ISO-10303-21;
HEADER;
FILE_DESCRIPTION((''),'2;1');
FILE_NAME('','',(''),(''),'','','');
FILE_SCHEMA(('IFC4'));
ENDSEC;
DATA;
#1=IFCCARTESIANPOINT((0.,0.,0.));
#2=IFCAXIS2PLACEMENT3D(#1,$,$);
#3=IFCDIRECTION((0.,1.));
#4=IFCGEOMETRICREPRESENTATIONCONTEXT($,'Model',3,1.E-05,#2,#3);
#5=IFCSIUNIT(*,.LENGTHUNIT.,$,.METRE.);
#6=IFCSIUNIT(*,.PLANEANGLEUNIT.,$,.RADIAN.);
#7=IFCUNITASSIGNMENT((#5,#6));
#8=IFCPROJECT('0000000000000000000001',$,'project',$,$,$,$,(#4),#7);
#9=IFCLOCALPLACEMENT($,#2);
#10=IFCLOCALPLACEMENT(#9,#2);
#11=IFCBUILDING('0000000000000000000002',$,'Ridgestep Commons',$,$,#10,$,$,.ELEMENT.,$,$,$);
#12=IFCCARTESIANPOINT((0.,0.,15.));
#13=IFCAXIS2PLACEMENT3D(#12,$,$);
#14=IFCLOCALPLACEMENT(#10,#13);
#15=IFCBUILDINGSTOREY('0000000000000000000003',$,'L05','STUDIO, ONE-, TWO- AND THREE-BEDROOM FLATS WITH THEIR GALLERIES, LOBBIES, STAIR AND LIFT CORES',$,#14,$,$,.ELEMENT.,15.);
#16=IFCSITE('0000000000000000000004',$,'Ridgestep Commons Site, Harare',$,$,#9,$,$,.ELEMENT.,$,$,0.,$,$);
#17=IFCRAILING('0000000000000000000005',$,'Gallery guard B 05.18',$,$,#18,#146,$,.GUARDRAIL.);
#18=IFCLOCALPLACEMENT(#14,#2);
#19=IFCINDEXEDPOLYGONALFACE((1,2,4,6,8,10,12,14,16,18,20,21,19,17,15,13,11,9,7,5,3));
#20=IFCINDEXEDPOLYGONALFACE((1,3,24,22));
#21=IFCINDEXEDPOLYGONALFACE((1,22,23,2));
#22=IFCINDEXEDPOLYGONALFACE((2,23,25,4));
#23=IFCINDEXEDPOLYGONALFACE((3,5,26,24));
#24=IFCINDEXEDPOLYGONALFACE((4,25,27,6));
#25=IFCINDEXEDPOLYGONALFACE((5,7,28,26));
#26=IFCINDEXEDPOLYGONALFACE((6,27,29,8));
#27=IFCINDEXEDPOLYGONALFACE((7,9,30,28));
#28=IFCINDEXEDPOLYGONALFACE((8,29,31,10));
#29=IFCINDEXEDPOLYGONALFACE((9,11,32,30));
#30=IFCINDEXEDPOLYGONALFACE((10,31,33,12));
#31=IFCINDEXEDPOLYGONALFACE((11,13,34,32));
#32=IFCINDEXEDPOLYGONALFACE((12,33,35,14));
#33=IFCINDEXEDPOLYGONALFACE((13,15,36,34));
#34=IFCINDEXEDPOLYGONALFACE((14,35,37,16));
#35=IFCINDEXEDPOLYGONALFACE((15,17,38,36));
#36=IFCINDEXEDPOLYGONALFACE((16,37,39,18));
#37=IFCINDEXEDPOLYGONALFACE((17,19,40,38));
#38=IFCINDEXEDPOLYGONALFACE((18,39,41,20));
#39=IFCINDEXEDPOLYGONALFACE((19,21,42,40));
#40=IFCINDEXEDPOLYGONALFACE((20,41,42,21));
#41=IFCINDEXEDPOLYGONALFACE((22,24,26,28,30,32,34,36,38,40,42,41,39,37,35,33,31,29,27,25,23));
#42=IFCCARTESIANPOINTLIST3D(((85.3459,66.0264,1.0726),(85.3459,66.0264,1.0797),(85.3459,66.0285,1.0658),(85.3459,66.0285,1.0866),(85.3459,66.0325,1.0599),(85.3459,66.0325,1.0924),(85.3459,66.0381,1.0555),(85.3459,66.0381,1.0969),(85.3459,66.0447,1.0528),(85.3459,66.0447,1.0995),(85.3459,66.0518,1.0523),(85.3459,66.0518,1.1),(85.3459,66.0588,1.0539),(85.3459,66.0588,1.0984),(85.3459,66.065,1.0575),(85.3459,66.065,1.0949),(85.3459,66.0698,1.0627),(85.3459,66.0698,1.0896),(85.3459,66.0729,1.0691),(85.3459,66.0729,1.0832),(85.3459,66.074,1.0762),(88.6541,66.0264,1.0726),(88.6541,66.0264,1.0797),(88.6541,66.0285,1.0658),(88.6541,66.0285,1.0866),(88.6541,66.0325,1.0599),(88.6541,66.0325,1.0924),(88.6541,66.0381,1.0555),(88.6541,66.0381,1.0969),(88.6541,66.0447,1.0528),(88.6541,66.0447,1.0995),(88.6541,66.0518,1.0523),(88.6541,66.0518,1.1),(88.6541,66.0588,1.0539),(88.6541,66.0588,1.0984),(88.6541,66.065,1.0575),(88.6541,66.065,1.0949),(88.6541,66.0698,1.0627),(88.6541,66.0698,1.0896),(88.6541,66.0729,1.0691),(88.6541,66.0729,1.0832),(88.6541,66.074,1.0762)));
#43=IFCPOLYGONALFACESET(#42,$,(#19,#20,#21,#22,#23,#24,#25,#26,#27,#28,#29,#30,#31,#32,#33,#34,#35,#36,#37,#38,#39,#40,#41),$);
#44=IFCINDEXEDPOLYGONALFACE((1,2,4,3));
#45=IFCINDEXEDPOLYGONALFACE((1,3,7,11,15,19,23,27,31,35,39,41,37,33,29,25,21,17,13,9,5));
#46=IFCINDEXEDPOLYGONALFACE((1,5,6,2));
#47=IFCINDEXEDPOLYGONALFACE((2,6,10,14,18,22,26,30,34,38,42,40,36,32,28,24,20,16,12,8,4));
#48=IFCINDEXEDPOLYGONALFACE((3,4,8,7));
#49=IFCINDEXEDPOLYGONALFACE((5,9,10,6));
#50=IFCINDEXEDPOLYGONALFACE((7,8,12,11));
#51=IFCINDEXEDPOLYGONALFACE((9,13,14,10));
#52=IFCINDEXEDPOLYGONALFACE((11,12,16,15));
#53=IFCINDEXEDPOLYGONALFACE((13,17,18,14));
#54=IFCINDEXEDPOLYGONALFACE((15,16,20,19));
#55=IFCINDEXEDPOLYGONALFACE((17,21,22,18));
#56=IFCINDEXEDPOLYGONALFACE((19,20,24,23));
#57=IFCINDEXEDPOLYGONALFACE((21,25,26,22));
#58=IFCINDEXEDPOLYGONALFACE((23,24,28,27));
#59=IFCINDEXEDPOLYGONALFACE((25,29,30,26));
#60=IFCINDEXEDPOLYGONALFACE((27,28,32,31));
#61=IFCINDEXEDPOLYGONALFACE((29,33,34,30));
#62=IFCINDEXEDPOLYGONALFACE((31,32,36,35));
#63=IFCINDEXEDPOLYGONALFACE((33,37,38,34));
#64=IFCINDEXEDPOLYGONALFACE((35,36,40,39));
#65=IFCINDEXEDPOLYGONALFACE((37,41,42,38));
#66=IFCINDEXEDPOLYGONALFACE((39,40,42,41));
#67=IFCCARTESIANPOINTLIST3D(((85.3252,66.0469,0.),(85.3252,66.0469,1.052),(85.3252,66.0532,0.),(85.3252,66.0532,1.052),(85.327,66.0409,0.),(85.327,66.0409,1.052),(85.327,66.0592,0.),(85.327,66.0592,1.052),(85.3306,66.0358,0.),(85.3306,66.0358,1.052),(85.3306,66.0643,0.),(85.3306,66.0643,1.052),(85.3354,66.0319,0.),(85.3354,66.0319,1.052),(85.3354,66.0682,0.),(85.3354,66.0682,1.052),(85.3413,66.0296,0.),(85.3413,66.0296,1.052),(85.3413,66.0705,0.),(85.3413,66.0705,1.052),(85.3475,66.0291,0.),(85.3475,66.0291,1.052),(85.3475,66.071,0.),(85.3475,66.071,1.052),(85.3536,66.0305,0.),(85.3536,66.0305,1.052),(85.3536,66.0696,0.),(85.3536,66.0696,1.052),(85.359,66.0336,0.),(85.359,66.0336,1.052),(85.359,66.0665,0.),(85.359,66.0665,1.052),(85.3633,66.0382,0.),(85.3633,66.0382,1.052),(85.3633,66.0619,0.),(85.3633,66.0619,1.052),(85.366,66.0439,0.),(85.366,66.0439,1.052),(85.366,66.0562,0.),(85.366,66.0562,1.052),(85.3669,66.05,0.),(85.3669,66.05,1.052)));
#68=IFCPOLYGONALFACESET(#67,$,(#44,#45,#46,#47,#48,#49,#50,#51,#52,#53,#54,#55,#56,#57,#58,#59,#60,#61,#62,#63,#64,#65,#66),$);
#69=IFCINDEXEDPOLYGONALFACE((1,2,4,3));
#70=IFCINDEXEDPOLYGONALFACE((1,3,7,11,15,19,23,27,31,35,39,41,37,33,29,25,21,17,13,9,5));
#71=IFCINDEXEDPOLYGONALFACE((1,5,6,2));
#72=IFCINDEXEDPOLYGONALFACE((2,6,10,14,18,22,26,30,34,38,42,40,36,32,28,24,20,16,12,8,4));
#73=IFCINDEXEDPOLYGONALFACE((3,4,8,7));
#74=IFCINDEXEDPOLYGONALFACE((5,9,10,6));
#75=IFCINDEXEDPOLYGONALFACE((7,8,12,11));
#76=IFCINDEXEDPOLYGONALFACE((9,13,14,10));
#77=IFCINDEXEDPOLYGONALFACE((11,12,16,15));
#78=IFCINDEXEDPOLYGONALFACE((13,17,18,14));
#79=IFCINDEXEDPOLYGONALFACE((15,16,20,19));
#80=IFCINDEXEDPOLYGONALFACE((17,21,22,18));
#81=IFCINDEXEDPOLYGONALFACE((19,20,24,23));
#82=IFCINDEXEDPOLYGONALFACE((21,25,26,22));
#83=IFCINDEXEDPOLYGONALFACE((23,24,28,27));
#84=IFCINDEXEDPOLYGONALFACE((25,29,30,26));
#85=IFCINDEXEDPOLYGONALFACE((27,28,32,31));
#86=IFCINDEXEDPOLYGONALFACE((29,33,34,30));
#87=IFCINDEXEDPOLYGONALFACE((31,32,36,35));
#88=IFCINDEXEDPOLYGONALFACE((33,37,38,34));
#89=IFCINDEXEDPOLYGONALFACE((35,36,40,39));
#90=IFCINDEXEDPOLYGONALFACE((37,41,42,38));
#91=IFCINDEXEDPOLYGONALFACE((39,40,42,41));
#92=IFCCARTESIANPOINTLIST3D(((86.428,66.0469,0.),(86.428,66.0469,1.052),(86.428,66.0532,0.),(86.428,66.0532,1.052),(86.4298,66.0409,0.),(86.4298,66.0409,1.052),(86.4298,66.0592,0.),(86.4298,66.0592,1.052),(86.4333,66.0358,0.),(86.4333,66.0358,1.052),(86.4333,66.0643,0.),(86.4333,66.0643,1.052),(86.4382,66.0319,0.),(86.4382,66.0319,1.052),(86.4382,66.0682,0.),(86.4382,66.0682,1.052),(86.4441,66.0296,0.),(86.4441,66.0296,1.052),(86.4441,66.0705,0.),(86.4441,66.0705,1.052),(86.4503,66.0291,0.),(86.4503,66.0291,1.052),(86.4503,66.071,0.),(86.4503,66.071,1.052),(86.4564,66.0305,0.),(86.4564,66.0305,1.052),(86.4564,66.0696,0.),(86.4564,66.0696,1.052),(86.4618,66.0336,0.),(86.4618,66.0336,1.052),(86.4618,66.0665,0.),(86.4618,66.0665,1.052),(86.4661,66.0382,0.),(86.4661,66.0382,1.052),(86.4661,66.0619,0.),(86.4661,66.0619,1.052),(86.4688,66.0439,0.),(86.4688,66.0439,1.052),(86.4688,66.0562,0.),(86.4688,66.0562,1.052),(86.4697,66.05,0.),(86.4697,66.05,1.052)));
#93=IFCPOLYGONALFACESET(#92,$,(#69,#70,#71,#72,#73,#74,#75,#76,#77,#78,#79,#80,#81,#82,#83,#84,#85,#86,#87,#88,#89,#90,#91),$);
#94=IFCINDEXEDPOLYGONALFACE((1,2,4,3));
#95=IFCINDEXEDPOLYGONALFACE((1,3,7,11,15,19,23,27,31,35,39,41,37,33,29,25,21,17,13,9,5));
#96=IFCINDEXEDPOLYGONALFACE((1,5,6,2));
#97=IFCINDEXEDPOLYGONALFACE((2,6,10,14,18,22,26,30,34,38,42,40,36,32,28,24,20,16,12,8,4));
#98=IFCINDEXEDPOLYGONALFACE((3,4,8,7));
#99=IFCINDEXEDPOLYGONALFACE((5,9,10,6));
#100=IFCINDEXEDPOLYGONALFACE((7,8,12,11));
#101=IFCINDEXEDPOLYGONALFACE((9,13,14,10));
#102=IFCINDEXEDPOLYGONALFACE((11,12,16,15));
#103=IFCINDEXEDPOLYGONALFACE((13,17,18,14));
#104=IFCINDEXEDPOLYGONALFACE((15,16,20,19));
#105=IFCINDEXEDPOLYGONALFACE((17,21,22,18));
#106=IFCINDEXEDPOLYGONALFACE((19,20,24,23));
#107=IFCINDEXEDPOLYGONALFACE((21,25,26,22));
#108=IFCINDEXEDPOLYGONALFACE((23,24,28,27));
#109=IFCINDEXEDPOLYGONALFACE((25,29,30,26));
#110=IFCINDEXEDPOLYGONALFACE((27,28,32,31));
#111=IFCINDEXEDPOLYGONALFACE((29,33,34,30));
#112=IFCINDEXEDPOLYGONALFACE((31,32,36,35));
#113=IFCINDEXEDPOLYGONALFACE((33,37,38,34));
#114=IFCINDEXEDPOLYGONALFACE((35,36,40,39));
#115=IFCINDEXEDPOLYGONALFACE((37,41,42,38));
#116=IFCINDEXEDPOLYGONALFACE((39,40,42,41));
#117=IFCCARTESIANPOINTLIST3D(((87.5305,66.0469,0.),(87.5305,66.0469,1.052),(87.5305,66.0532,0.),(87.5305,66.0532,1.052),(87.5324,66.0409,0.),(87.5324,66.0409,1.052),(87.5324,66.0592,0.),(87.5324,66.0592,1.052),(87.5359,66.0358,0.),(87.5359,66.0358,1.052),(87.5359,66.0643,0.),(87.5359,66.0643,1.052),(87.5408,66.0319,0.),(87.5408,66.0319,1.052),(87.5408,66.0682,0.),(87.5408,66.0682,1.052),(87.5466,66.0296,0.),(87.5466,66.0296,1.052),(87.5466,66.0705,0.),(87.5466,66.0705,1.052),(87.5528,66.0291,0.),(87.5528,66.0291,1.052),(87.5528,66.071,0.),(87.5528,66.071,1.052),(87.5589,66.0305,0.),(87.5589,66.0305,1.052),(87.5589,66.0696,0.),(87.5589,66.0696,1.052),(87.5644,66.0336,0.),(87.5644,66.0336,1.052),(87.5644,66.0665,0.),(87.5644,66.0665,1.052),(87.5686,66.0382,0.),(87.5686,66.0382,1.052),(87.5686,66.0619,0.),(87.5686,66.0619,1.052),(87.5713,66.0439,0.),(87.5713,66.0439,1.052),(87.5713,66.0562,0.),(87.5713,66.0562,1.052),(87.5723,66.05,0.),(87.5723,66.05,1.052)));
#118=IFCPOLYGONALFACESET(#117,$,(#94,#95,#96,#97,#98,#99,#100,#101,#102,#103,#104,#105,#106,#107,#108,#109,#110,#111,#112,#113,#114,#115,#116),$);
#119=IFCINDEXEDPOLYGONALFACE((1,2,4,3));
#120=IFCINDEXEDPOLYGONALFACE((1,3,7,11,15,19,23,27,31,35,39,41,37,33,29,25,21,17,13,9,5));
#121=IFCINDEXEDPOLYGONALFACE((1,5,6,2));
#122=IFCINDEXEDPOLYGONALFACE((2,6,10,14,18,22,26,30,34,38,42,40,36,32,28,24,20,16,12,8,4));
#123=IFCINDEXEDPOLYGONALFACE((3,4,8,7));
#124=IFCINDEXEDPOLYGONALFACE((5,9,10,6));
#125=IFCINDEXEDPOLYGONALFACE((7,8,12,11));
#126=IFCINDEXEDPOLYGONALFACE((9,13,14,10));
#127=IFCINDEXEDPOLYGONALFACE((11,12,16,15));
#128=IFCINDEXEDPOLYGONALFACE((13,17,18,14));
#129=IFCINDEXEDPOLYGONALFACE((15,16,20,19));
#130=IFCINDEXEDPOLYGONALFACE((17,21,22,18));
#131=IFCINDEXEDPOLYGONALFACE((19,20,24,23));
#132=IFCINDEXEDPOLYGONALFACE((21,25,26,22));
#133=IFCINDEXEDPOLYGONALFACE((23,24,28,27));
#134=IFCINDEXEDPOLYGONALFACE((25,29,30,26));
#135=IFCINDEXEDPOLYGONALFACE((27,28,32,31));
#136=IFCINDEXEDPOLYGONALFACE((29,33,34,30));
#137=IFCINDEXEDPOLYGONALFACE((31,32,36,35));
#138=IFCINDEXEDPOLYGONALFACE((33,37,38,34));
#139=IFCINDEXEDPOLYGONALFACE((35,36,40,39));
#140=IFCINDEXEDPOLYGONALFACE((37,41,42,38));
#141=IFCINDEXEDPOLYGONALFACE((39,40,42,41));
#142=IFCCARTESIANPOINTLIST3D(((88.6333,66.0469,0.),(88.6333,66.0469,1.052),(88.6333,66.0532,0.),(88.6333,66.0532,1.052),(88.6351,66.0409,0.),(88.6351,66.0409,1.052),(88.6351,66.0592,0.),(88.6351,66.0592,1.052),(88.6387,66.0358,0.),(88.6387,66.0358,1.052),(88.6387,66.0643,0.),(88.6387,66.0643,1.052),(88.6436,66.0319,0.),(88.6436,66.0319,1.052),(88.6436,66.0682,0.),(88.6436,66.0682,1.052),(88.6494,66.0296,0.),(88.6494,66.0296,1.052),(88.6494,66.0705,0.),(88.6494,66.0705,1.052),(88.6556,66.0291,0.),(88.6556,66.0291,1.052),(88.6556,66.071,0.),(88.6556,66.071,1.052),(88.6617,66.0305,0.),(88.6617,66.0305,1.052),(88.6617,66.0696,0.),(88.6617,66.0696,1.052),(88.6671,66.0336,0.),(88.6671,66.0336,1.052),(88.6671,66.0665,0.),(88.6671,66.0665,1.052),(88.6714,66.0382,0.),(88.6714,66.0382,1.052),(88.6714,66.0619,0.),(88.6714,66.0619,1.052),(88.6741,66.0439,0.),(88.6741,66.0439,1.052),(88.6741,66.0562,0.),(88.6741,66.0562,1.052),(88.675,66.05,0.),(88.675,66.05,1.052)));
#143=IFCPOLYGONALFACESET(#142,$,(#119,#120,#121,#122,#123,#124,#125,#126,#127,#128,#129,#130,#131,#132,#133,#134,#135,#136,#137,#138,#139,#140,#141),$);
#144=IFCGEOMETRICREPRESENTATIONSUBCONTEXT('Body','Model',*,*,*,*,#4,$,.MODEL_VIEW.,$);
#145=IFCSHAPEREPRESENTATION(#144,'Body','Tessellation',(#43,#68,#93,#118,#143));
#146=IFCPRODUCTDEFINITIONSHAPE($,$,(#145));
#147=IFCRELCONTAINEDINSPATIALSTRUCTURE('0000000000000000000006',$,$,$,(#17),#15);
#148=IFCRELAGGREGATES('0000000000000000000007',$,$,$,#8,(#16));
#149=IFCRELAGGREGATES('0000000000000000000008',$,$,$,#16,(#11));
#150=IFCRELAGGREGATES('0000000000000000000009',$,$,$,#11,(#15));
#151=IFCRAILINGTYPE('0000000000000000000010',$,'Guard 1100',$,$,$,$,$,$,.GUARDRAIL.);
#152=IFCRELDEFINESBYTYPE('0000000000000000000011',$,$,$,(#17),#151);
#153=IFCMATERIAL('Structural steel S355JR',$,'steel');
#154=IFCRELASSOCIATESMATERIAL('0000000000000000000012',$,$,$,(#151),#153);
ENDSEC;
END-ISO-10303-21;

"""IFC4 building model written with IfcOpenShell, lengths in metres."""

from ifc_helpers import new_model, si_unit, direction, frame, origin, origin_2d, place, context, subcontext, project, spatial, circle, extrude, material, type_object, element, save


model = new_model("IFC4")

# Units and contexts
model_context = context("Model", 3, precision=1e-05, world=origin(), true_north=direction((0.0, 1.0)))
body_context = subcontext(model_context, "Body", "Model", "MODEL_VIEW")
ifc_project = project(units=[si_unit("LENGTHUNIT", "METRE"), si_unit("PLANEANGLEUNIT", "RADIAN")], contexts=[model_context])

# Site, building, storey
site_placement = place(None, origin())
site = spatial("IfcSite", under=ifc_project, at=site_placement, Name="Ridgestep Commons Site, Harare", CompositionType="ELEMENT", RefElevation=0.0)
building_placement = place(site_placement, origin())
building = spatial("IfcBuilding", under=site, at=building_placement, Name="Ridgestep Commons", CompositionType="ELEMENT")
storey_placement = place(building_placement, frame((0.0, 0.0, 15.0)))
storey = spatial("IfcBuildingStorey", under=building, at=storey_placement, Name="L05", Description="STUDIO, ONE-, TWO- AND THREE-BEDROOM FLATS WITH THEIR GALLERIES, LOBBIES, STAIR AND LIFT CORES", CompositionType="ELEMENT", Elevation=15.0)

# Railing
ifc_material_1 = material(Name="Structural steel S355JR", Category="steel")
railing_type_1 = type_object("IfcRailingType", Name="Guard 1100", PredefinedType="GUARDRAIL", material=ifc_material_1)
railing_1_placement = place(storey_placement, frame((85.3459, 66.05, 0.0)))
element("IfcRailing", 1, at=railing_1_placement, inside=storey, type_object=railing_type_1, Name="Gallery guard B 05.18", PredefinedType="GUARDRAIL", context=body_context, shape_type="SweptSolid", body=[
    extrude(circle(Radius=0.0239, at=origin_2d()), frame((0.0, 0.0, 1.0762), z_axis=(1.0, 0.0, 0.0), x_axis=(0.0, 1.0, 0.0)), (0.0, 0.0, 1.0), 3.3081),
    extrude(circle(Radius=0.021, at=origin_2d()), origin(), (0.0, 0.0, 1.0), 1.052),
    extrude(circle(Radius=0.021, at=origin_2d()), frame((1.1028, 0.0, 0.0)), (0.0, 0.0, 1.0), 1.052),
    extrude(circle(Radius=0.021, at=origin_2d()), frame((2.2053, 0.0, 0.0)), (0.0, 0.0, 1.0), 1.052),
    extrude(circle(Radius=0.021, at=origin_2d()), frame((3.3081, 0.0, 0.0)), (0.0, 0.0, 1.0), 1.052),
])

save(model, "model.ifc")
